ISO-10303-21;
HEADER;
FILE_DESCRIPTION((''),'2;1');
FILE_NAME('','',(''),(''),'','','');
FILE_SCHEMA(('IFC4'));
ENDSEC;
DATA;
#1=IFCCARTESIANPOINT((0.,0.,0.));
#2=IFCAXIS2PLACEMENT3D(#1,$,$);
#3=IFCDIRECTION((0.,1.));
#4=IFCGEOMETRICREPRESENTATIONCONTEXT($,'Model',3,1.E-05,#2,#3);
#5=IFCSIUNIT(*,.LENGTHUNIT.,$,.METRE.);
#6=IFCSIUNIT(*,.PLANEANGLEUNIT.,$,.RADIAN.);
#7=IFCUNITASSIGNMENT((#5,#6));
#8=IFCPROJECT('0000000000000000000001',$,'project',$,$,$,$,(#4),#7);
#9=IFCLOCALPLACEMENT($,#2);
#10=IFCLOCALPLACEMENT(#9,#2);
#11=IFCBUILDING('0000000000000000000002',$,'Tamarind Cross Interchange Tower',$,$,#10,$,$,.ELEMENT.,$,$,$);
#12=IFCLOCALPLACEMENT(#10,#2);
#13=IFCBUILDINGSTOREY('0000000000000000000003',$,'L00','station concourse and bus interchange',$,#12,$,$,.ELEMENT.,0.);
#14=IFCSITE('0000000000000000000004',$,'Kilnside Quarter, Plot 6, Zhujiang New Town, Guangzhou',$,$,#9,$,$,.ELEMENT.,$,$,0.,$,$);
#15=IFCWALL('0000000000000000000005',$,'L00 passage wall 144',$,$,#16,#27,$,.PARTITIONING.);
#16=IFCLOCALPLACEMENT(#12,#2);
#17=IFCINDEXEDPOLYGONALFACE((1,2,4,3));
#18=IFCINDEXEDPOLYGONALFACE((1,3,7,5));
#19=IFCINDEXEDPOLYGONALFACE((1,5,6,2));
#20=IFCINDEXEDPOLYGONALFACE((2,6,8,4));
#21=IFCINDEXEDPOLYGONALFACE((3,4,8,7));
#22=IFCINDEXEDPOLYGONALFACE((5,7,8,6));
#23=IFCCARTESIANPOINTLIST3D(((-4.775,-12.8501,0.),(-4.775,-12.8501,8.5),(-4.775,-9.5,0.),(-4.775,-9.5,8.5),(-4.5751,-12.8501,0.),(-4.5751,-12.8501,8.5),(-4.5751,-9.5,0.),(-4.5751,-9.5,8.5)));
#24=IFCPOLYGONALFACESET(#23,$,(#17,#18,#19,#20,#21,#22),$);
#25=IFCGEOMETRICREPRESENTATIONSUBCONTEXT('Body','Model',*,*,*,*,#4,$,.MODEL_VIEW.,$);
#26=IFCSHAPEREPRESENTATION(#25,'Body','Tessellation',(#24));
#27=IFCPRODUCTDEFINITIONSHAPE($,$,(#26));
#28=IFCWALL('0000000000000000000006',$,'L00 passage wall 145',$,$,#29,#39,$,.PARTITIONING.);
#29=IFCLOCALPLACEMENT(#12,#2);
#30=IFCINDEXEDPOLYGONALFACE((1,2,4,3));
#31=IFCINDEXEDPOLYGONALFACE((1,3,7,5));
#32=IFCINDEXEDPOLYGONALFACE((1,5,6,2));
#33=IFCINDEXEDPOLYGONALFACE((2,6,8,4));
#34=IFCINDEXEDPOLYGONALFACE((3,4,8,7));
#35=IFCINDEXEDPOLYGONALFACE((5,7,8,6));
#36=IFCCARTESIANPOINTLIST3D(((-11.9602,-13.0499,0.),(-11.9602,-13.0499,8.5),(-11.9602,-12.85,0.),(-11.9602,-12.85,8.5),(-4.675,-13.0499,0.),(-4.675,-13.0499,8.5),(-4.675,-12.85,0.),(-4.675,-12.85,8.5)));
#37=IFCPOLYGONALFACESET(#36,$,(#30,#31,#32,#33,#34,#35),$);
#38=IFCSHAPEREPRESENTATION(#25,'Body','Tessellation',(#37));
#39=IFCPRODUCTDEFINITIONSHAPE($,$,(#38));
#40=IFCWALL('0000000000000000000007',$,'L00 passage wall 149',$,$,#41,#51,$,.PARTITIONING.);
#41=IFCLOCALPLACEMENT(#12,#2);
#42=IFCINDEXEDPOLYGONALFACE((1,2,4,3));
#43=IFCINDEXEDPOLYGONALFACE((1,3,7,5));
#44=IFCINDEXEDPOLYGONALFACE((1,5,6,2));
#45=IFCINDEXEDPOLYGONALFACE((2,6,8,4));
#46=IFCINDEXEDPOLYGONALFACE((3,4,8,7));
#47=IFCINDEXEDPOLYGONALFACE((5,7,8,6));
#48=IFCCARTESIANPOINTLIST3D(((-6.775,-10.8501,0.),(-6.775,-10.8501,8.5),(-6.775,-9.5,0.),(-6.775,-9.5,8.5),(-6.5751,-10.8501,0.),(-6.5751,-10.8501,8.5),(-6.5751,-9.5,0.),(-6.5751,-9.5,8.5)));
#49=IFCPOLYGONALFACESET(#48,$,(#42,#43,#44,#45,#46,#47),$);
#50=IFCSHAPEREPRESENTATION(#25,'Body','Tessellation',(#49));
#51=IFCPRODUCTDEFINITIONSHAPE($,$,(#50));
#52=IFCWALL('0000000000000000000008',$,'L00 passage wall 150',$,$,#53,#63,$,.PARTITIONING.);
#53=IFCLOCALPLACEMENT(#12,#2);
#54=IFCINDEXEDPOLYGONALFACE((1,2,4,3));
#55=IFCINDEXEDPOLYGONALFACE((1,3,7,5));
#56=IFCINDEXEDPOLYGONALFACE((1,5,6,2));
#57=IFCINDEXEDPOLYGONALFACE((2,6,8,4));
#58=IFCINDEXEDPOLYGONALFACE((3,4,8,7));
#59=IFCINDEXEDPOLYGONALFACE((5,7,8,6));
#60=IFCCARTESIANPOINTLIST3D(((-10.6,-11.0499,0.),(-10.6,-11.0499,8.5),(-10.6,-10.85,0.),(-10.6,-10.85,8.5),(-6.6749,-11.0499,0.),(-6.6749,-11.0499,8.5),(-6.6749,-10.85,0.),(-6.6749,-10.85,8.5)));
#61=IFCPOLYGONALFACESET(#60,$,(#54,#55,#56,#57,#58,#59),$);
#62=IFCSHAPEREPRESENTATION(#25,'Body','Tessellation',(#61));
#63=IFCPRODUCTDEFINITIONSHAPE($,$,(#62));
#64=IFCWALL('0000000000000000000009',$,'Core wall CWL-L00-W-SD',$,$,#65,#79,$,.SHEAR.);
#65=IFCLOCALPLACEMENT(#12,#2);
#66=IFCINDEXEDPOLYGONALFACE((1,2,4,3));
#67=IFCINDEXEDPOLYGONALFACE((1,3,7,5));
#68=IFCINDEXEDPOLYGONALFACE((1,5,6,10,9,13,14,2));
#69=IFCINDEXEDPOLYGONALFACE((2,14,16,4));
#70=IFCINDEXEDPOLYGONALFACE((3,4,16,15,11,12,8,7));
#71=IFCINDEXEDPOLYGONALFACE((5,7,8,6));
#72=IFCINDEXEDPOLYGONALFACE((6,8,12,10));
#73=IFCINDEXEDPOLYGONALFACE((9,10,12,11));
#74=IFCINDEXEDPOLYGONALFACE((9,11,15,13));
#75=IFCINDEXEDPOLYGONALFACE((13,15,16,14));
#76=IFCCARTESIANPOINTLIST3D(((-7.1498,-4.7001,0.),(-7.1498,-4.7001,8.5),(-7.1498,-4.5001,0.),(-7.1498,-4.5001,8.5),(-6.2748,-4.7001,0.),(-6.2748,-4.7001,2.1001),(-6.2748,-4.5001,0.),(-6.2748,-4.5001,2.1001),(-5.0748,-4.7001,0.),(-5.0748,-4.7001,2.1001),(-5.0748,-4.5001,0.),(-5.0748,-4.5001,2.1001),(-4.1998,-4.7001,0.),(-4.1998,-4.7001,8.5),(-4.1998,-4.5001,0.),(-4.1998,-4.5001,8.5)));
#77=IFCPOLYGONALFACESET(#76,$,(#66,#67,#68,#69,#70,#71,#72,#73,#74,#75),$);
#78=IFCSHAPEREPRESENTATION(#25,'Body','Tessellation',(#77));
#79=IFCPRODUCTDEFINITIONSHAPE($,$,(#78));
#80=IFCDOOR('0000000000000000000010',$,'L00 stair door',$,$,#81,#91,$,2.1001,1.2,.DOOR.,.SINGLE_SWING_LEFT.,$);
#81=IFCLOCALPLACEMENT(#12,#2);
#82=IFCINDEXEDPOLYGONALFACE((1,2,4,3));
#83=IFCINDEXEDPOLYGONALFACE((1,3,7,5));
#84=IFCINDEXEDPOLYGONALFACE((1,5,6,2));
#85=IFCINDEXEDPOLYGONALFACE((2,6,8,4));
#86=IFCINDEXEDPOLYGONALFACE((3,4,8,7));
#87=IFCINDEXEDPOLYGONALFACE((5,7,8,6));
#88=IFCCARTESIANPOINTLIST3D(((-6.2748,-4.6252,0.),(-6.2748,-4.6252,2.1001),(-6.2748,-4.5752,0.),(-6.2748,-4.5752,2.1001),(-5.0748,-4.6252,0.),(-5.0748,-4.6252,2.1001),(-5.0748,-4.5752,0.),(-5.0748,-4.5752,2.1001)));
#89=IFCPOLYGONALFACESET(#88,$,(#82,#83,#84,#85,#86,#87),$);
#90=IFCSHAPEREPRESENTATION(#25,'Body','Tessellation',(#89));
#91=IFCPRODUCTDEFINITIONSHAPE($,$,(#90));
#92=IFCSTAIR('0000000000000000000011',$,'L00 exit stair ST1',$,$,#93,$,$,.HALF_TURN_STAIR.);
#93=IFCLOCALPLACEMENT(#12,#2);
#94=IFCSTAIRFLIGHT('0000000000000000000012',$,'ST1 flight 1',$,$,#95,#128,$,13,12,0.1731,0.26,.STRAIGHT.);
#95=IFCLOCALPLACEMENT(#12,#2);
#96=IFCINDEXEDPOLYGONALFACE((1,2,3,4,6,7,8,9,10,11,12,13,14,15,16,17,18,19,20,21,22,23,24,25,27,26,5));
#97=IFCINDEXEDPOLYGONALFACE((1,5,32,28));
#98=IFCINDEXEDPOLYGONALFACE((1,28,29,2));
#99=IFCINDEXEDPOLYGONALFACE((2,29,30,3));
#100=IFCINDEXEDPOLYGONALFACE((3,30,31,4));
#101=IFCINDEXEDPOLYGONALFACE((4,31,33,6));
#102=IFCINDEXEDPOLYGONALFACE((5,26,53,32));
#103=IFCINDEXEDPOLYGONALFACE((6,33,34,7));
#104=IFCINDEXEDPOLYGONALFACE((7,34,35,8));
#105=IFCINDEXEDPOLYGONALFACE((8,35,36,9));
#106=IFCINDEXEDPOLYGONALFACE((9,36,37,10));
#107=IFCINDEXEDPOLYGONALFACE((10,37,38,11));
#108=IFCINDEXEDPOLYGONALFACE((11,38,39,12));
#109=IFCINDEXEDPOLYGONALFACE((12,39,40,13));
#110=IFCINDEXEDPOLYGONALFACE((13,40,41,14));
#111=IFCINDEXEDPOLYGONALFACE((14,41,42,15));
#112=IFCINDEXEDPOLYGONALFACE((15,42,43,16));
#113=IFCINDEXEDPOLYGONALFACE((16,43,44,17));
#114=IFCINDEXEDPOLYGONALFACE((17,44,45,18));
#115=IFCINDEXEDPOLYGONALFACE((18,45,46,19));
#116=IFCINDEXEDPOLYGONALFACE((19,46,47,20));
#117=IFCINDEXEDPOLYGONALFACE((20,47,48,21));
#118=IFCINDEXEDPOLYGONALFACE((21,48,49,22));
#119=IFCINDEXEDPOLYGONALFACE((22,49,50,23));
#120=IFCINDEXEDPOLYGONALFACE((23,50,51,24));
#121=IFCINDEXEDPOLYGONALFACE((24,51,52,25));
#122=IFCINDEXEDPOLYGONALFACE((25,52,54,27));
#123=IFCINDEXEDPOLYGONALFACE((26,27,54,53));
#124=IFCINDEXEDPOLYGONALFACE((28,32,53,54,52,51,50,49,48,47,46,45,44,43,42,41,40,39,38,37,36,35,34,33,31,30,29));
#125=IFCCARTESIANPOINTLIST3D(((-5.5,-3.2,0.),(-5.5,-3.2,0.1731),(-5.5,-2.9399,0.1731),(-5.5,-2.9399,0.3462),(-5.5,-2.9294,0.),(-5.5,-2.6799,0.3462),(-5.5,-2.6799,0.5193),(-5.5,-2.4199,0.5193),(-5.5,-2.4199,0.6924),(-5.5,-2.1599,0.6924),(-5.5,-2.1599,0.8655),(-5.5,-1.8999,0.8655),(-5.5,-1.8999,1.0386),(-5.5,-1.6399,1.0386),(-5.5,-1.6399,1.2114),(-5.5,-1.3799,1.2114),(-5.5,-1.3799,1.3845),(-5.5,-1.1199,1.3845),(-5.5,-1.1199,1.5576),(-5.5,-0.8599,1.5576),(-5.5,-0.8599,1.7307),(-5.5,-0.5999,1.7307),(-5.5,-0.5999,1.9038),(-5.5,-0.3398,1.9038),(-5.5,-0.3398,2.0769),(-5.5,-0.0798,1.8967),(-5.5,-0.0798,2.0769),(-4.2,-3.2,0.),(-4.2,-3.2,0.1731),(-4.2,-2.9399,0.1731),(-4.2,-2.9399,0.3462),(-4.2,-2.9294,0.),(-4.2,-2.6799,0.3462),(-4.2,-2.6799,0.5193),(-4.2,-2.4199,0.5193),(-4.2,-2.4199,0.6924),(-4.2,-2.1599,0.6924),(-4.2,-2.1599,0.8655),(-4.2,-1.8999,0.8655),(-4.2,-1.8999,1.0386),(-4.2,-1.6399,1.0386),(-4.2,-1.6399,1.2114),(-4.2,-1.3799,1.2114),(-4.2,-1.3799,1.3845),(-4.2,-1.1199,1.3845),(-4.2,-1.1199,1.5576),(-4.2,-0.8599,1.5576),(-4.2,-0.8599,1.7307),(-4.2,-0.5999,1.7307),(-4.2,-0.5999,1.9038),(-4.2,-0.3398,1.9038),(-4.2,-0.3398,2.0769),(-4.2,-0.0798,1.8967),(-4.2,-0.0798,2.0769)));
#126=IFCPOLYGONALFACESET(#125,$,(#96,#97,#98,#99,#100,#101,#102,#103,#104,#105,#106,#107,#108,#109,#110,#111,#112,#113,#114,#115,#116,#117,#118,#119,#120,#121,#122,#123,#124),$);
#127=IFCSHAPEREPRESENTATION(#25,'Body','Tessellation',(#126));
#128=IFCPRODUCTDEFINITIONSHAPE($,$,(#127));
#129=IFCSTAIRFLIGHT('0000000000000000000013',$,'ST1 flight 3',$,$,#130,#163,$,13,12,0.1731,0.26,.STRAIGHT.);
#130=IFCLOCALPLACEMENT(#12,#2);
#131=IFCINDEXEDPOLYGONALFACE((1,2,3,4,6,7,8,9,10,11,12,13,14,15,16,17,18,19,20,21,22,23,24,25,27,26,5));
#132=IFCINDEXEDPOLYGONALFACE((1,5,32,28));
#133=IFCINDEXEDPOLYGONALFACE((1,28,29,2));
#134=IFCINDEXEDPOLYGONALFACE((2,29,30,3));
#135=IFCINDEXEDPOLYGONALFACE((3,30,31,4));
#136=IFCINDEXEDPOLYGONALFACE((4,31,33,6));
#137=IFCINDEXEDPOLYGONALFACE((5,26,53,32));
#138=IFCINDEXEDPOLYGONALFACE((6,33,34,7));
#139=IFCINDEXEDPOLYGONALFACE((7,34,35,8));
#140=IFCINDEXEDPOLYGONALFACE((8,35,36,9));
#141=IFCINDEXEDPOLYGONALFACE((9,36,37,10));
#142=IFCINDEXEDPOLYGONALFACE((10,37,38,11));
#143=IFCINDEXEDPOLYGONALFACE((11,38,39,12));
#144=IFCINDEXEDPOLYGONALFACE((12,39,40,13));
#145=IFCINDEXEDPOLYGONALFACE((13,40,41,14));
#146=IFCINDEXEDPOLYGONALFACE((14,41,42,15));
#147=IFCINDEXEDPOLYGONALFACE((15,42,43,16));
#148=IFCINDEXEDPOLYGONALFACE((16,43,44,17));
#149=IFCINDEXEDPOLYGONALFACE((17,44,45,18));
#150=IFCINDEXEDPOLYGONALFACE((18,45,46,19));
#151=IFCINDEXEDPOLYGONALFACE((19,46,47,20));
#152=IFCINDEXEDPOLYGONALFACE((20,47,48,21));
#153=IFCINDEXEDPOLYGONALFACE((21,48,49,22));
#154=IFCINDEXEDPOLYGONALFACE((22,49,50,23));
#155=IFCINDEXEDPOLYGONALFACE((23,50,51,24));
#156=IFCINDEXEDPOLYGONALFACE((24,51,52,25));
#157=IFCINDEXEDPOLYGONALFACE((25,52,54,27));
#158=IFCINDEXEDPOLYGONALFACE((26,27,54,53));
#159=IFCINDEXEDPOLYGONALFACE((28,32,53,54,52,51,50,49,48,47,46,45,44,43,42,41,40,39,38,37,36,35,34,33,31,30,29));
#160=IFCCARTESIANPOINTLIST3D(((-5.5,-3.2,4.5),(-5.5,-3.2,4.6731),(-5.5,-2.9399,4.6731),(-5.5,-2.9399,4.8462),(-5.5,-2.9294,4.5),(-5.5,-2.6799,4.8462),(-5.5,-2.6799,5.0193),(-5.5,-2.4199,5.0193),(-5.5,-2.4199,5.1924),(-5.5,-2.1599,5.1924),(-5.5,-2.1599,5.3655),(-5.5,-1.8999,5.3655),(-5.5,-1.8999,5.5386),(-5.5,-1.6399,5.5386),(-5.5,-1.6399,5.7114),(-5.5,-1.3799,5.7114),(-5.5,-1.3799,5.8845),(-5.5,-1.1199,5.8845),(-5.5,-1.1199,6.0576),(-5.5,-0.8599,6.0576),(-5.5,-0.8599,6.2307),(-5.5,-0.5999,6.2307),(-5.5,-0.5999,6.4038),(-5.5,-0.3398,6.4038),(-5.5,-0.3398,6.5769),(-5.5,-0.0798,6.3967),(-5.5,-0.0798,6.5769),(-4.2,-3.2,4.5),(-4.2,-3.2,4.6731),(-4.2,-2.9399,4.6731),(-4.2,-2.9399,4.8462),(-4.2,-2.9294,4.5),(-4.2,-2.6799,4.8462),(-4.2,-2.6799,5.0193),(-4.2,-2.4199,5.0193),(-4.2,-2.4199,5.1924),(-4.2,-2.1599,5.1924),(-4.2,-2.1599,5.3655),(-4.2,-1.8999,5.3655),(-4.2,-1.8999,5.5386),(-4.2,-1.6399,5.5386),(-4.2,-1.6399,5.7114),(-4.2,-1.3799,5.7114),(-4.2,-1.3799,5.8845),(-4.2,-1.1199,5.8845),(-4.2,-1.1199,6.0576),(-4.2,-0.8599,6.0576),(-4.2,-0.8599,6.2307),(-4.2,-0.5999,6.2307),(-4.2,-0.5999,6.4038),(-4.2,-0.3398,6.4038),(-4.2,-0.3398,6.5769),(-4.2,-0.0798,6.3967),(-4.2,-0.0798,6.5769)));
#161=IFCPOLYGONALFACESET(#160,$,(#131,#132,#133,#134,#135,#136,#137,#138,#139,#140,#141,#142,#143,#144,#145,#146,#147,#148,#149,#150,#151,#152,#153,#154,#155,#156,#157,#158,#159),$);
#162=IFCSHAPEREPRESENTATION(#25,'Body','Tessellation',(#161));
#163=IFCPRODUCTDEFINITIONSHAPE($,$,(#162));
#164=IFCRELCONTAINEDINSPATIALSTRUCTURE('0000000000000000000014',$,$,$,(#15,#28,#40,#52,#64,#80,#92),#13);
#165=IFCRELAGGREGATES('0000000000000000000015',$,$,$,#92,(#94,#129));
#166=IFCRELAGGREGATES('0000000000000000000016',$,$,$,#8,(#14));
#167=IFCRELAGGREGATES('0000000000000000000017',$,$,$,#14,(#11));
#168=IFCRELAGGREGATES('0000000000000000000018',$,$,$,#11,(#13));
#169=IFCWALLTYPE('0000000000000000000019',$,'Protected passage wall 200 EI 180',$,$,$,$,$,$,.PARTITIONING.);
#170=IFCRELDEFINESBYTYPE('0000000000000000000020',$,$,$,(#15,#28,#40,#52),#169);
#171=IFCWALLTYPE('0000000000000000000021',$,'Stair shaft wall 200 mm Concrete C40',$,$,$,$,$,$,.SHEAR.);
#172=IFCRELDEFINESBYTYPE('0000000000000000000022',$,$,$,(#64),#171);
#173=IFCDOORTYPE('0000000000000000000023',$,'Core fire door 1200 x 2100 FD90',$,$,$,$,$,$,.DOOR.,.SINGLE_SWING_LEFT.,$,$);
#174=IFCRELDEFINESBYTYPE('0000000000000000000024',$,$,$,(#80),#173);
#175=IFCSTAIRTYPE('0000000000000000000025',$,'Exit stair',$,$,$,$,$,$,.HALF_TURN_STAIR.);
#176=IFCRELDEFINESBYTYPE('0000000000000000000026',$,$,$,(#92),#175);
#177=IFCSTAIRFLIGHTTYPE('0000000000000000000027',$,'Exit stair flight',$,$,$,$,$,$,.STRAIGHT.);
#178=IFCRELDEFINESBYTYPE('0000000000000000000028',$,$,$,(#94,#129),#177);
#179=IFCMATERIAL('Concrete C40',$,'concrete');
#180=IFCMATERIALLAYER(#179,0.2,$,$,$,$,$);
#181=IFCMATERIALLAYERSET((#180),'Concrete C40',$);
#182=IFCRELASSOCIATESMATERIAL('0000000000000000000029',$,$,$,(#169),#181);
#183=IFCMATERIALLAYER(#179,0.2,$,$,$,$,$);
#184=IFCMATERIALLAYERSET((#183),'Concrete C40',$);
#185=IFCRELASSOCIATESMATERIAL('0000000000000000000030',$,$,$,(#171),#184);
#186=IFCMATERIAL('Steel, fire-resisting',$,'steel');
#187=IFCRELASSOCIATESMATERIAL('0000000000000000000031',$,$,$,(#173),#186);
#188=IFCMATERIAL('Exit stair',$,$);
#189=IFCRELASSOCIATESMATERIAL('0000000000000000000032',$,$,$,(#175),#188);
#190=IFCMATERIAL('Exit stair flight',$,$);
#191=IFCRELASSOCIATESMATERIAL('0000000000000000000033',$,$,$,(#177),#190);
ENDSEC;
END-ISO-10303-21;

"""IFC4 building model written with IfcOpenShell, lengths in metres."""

from ifc_helpers import new_model, si_unit, direction, frame, frame_2d, origin, place, context, subcontext, project, spatial, polyline, rectangle, outline, extrude, material, layer, layer_set, type_object, element, fill, aggregate, save


model = new_model("IFC4")

# Units and contexts
model_context = context("Model", 3, precision=1e-05, world=origin(), true_north=direction((0.0, 1.0)))
body_context = subcontext(model_context, "Body", "Model", "MODEL_VIEW")
ifc_project = project(units=[si_unit("LENGTHUNIT", "METRE"), si_unit("PLANEANGLEUNIT", "RADIAN")], contexts=[model_context])

# Site, building, storey
site_placement = place(None, origin())
site = spatial("IfcSite", under=ifc_project, at=site_placement, Name="Kilnside Quarter, Plot 6, Zhujiang New Town, Guangzhou", CompositionType="ELEMENT", RefElevation=0.0)
building_placement = place(site_placement, origin())
building = spatial("IfcBuilding", under=site, at=building_placement, Name="Tamarind Cross Interchange Tower", CompositionType="ELEMENT")
storey_placement = place(building_placement, origin())
storey = spatial("IfcBuildingStorey", under=building, at=storey_placement, Name="L00", Description="station concourse and bus interchange", CompositionType="ELEMENT", Elevation=0.0)

# Shared definitions
ifc_material_1 = material(Name="Steel, fire-resisting", Category="steel")

# Walls
ifc_material_2 = material(Name="Concrete C40", Category="concrete")
ifc_layer_1 = layer(ifc_material_2, 0.2)
ifc_layer_set_1 = layer_set([ifc_layer_1], Name="Concrete C40")
wall_type_1 = type_object("IfcWallType", Name="Protected passage wall 200 EI 180", PredefinedType="PARTITIONING", material=ifc_layer_set_1)
wall_1_placement = place(storey_placement, frame((-4.675, -9.5, 0.0), z_axis=(0.0, 0.0, 1.0), x_axis=(0.0, -1.0, 0.0)))
element("IfcWall", 1, at=wall_1_placement, inside=storey, type_object=wall_type_1, Name="L00 passage wall 144", PredefinedType="PARTITIONING", context=body_context, shape_type="SweptSolid", body=[
    extrude(rectangle(XDim=3.3501, YDim=0.2, at=frame_2d((1.675, 0.0))), origin(), (0.0, 0.0, 1.0), 8.5),
])
wall_2_placement = place(storey_placement, frame((-4.675, -12.95, 0.0), z_axis=(0.0, 0.0, 1.0), x_axis=(-1.0, 0.0, 0.0)))
element("IfcWall", 2, at=wall_2_placement, inside=storey, type_object=wall_type_1, Name="L00 passage wall 145", PredefinedType="PARTITIONING", context=body_context, shape_type="SweptSolid", body=[
    extrude(rectangle(XDim=7.2852, YDim=0.2, at=frame_2d((3.6426, 0.0))), origin(), (0.0, 0.0, 1.0), 8.5),
])
wall_3_placement = place(storey_placement, frame((-6.675, -9.5, 0.0), z_axis=(0.0, 0.0, 1.0), x_axis=(0.0, -1.0, 0.0)))
element("IfcWall", 3, at=wall_3_placement, inside=storey, type_object=wall_type_1, Name="L00 passage wall 149", PredefinedType="PARTITIONING", context=body_context, shape_type="SweptSolid", body=[
    extrude(rectangle(XDim=1.3501, YDim=0.2, at=frame_2d((0.675, 0.0))), origin(), (0.0, 0.0, 1.0), 8.5),
])
wall_4_placement = place(storey_placement, frame((-6.675, -10.95, 0.0), z_axis=(0.0, 0.0, 1.0), x_axis=(-1.0, 0.0, 0.0)))
element("IfcWall", 4, at=wall_4_placement, inside=storey, type_object=wall_type_1, Name="L00 passage wall 150", PredefinedType="PARTITIONING", context=body_context, shape_type="SweptSolid", body=[
    extrude(rectangle(XDim=3.925, YDim=0.2, at=frame_2d((1.9624, 0.0))), origin(), (0.0, 0.0, 1.0), 8.5),
])

# Wall, opening, door
ifc_layer_2 = layer(ifc_material_2, 0.2)
ifc_layer_set_2 = layer_set([ifc_layer_2], Name="Concrete C40")
wall_type_2 = type_object("IfcWallType", Name="Stair shaft wall 200 mm Concrete C40", PredefinedType="SHEAR", material=ifc_layer_set_2)
wall_5_placement = place(storey_placement, frame((-7.1499, -4.6001, 0.0), z_axis=(0.0, 0.0, 1.0), x_axis=(1.0, 0.0, 0.0)))
wall_5 = element("IfcWall", 5, at=wall_5_placement, inside=storey, type_object=wall_type_2, Name="Core wall CWL-L00-W-SD", PredefinedType="SHEAR", context=body_context, shape_type="SweptSolid", body=[
    extrude(rectangle(XDim=2.95, YDim=0.2, at=frame_2d((1.4751, 0.0))), origin(), (0.0, 0.0, 1.0), 8.5),
])
opening_1_placement = place(wall_5_placement, frame((0.875, 0.0, 0.0)))
opening_1 = element("IfcOpeningElement", 6, at=opening_1_placement, cuts=wall_5, PredefinedType="OPENING", context=body_context, shape_type="SweptSolid", body=[
    extrude(rectangle(XDim=1.2, YDim=2.1001, at=frame_2d((0.6001, 1.05))), frame((0.0, 0.1099, 0.0), z_axis=(0.0, -1.0, 0.0), x_axis=(1.0, 0.0, 0.0)), (0.0, 0.0, 1.0), 0.22),
])
door_type_1 = type_object("IfcDoorType", Name="Core fire door 1200 x 2100 FD90", OperationType="SINGLE_SWING_LEFT", PredefinedType="DOOR", material=ifc_material_1)
door_1_placement = place(opening_1_placement, origin())
door_1 = element("IfcDoor", 7, at=door_1_placement, inside=storey, type_object=door_type_1, Name="L00 stair door", OperationType="SINGLE_SWING_LEFT", OverallHeight=2.1001, OverallWidth=1.2, PredefinedType="DOOR", context=body_context, shape_type="SweptSolid", body=[
    extrude(rectangle(XDim=1.2, YDim=2.1001, at=frame_2d((0.6001, 1.05))), frame((0.0, 0.0249, 0.0), z_axis=(0.0, -1.0, 0.0), x_axis=(1.0, 0.0, 0.0)), (0.0, 0.0, 1.0), 0.05),
])
fill(opening_1, door_1)

# Stair, stair flights
ifc_material_3 = material(Name="Exit stair")
stair_type = type_object("IfcStairType", Name="Exit stair", PredefinedType="HALF_TURN_STAIR", material=ifc_material_3)
stair_placement = place(storey_placement, origin())
stair = element("IfcStair", 8, at=stair_placement, inside=storey, type_object=stair_type, Name="L00 exit stair ST1", PredefinedType="HALF_TURN_STAIR")
ifc_material_4 = material(Name="Exit stair flight")
stair_flight_type = type_object("IfcStairFlightType", Name="Exit stair flight", PredefinedType="STRAIGHT", material=ifc_material_4)
stair_flight_1_placement = place(storey_placement, frame((-4.8501, -3.2, 0.0), z_axis=(0.0, 0.0, 1.0), x_axis=(0.0, 1.0, 0.0)))
stair_flight_1 = element("IfcStairFlight", 9, at=stair_flight_1_placement, type_object=stair_flight_type, Name="ST1 flight 1", NumberOfRisers=13, NumberOfTreads=12, PredefinedType="STRAIGHT", RiserHeight=0.1731, TreadLength=0.26, context=body_context, shape_type="SweptSolid", body=[
    extrude(outline(polyline([(0.0, 0.0), (0.0, 0.1731), (0.26, 0.1731), (0.26, 0.3462), (0.52, 0.3462), (0.52, 0.5193), (0.78, 0.5193), (0.78, 0.6924), (1.04, 0.6924), (1.04, 0.8655), (1.3, 0.8655), (1.3, 1.0386), (1.5601, 1.0386), (1.5601, 1.2114), (1.8201, 1.2114), (1.8201, 1.3845), (2.0801, 1.3845), (2.0801, 1.5576), (2.3401, 1.5576), (2.3401, 1.7307), (2.6001, 1.7307), (2.6001, 1.9038), (2.8601, 1.9038), (2.8601, 2.0769), (3.1201, 2.0769), (3.1201, 2.25), (3.1201, 1.8967), (0.2705, 0.0), (0.0, 0.0)])), frame((0.0, 0.6499, 0.0), z_axis=(0.0, -1.0, 0.0), x_axis=(1.0, 0.0, 0.0)), (0.0, 0.0, 1.0), 1.3),
])
stair_flight_2_placement = place(storey_placement, frame((-4.8501, -3.2, 4.5), z_axis=(0.0, 0.0, 1.0), x_axis=(0.0, 1.0, 0.0)))
stair_flight_2 = element("IfcStairFlight", 10, at=stair_flight_2_placement, type_object=stair_flight_type, Name="ST1 flight 3", NumberOfRisers=13, NumberOfTreads=12, PredefinedType="STRAIGHT", RiserHeight=0.1731, TreadLength=0.26, context=body_context, shape_type="SweptSolid", body=[
    extrude(outline(polyline([(0.0, 0.0), (0.0, 0.1731), (0.26, 0.1731), (0.26, 0.3462), (0.52, 0.3462), (0.52, 0.5193), (0.78, 0.5193), (0.78, 0.6924), (1.04, 0.6924), (1.04, 0.8655), (1.3, 0.8655), (1.3, 1.0386), (1.5601, 1.0386), (1.5601, 1.2114), (1.8201, 1.2114), (1.8201, 1.3845), (2.0801, 1.3845), (2.0801, 1.5576), (2.3401, 1.5576), (2.3401, 1.7307), (2.6001, 1.7307), (2.6001, 1.9038), (2.8601, 1.9038), (2.8601, 2.0769), (3.1201, 2.0769), (3.1201, 2.25), (3.1201, 1.8967), (0.2705, 0.0), (0.0, 0.0)])), frame((0.0, 0.6499, 0.0), z_axis=(0.0, -1.0, 0.0), x_axis=(1.0, 0.0, 0.0)), (0.0, 0.0, 1.0), 1.3),
])
aggregate(stair, [stair_flight_1, stair_flight_2])

save(model, "model.ifc")
